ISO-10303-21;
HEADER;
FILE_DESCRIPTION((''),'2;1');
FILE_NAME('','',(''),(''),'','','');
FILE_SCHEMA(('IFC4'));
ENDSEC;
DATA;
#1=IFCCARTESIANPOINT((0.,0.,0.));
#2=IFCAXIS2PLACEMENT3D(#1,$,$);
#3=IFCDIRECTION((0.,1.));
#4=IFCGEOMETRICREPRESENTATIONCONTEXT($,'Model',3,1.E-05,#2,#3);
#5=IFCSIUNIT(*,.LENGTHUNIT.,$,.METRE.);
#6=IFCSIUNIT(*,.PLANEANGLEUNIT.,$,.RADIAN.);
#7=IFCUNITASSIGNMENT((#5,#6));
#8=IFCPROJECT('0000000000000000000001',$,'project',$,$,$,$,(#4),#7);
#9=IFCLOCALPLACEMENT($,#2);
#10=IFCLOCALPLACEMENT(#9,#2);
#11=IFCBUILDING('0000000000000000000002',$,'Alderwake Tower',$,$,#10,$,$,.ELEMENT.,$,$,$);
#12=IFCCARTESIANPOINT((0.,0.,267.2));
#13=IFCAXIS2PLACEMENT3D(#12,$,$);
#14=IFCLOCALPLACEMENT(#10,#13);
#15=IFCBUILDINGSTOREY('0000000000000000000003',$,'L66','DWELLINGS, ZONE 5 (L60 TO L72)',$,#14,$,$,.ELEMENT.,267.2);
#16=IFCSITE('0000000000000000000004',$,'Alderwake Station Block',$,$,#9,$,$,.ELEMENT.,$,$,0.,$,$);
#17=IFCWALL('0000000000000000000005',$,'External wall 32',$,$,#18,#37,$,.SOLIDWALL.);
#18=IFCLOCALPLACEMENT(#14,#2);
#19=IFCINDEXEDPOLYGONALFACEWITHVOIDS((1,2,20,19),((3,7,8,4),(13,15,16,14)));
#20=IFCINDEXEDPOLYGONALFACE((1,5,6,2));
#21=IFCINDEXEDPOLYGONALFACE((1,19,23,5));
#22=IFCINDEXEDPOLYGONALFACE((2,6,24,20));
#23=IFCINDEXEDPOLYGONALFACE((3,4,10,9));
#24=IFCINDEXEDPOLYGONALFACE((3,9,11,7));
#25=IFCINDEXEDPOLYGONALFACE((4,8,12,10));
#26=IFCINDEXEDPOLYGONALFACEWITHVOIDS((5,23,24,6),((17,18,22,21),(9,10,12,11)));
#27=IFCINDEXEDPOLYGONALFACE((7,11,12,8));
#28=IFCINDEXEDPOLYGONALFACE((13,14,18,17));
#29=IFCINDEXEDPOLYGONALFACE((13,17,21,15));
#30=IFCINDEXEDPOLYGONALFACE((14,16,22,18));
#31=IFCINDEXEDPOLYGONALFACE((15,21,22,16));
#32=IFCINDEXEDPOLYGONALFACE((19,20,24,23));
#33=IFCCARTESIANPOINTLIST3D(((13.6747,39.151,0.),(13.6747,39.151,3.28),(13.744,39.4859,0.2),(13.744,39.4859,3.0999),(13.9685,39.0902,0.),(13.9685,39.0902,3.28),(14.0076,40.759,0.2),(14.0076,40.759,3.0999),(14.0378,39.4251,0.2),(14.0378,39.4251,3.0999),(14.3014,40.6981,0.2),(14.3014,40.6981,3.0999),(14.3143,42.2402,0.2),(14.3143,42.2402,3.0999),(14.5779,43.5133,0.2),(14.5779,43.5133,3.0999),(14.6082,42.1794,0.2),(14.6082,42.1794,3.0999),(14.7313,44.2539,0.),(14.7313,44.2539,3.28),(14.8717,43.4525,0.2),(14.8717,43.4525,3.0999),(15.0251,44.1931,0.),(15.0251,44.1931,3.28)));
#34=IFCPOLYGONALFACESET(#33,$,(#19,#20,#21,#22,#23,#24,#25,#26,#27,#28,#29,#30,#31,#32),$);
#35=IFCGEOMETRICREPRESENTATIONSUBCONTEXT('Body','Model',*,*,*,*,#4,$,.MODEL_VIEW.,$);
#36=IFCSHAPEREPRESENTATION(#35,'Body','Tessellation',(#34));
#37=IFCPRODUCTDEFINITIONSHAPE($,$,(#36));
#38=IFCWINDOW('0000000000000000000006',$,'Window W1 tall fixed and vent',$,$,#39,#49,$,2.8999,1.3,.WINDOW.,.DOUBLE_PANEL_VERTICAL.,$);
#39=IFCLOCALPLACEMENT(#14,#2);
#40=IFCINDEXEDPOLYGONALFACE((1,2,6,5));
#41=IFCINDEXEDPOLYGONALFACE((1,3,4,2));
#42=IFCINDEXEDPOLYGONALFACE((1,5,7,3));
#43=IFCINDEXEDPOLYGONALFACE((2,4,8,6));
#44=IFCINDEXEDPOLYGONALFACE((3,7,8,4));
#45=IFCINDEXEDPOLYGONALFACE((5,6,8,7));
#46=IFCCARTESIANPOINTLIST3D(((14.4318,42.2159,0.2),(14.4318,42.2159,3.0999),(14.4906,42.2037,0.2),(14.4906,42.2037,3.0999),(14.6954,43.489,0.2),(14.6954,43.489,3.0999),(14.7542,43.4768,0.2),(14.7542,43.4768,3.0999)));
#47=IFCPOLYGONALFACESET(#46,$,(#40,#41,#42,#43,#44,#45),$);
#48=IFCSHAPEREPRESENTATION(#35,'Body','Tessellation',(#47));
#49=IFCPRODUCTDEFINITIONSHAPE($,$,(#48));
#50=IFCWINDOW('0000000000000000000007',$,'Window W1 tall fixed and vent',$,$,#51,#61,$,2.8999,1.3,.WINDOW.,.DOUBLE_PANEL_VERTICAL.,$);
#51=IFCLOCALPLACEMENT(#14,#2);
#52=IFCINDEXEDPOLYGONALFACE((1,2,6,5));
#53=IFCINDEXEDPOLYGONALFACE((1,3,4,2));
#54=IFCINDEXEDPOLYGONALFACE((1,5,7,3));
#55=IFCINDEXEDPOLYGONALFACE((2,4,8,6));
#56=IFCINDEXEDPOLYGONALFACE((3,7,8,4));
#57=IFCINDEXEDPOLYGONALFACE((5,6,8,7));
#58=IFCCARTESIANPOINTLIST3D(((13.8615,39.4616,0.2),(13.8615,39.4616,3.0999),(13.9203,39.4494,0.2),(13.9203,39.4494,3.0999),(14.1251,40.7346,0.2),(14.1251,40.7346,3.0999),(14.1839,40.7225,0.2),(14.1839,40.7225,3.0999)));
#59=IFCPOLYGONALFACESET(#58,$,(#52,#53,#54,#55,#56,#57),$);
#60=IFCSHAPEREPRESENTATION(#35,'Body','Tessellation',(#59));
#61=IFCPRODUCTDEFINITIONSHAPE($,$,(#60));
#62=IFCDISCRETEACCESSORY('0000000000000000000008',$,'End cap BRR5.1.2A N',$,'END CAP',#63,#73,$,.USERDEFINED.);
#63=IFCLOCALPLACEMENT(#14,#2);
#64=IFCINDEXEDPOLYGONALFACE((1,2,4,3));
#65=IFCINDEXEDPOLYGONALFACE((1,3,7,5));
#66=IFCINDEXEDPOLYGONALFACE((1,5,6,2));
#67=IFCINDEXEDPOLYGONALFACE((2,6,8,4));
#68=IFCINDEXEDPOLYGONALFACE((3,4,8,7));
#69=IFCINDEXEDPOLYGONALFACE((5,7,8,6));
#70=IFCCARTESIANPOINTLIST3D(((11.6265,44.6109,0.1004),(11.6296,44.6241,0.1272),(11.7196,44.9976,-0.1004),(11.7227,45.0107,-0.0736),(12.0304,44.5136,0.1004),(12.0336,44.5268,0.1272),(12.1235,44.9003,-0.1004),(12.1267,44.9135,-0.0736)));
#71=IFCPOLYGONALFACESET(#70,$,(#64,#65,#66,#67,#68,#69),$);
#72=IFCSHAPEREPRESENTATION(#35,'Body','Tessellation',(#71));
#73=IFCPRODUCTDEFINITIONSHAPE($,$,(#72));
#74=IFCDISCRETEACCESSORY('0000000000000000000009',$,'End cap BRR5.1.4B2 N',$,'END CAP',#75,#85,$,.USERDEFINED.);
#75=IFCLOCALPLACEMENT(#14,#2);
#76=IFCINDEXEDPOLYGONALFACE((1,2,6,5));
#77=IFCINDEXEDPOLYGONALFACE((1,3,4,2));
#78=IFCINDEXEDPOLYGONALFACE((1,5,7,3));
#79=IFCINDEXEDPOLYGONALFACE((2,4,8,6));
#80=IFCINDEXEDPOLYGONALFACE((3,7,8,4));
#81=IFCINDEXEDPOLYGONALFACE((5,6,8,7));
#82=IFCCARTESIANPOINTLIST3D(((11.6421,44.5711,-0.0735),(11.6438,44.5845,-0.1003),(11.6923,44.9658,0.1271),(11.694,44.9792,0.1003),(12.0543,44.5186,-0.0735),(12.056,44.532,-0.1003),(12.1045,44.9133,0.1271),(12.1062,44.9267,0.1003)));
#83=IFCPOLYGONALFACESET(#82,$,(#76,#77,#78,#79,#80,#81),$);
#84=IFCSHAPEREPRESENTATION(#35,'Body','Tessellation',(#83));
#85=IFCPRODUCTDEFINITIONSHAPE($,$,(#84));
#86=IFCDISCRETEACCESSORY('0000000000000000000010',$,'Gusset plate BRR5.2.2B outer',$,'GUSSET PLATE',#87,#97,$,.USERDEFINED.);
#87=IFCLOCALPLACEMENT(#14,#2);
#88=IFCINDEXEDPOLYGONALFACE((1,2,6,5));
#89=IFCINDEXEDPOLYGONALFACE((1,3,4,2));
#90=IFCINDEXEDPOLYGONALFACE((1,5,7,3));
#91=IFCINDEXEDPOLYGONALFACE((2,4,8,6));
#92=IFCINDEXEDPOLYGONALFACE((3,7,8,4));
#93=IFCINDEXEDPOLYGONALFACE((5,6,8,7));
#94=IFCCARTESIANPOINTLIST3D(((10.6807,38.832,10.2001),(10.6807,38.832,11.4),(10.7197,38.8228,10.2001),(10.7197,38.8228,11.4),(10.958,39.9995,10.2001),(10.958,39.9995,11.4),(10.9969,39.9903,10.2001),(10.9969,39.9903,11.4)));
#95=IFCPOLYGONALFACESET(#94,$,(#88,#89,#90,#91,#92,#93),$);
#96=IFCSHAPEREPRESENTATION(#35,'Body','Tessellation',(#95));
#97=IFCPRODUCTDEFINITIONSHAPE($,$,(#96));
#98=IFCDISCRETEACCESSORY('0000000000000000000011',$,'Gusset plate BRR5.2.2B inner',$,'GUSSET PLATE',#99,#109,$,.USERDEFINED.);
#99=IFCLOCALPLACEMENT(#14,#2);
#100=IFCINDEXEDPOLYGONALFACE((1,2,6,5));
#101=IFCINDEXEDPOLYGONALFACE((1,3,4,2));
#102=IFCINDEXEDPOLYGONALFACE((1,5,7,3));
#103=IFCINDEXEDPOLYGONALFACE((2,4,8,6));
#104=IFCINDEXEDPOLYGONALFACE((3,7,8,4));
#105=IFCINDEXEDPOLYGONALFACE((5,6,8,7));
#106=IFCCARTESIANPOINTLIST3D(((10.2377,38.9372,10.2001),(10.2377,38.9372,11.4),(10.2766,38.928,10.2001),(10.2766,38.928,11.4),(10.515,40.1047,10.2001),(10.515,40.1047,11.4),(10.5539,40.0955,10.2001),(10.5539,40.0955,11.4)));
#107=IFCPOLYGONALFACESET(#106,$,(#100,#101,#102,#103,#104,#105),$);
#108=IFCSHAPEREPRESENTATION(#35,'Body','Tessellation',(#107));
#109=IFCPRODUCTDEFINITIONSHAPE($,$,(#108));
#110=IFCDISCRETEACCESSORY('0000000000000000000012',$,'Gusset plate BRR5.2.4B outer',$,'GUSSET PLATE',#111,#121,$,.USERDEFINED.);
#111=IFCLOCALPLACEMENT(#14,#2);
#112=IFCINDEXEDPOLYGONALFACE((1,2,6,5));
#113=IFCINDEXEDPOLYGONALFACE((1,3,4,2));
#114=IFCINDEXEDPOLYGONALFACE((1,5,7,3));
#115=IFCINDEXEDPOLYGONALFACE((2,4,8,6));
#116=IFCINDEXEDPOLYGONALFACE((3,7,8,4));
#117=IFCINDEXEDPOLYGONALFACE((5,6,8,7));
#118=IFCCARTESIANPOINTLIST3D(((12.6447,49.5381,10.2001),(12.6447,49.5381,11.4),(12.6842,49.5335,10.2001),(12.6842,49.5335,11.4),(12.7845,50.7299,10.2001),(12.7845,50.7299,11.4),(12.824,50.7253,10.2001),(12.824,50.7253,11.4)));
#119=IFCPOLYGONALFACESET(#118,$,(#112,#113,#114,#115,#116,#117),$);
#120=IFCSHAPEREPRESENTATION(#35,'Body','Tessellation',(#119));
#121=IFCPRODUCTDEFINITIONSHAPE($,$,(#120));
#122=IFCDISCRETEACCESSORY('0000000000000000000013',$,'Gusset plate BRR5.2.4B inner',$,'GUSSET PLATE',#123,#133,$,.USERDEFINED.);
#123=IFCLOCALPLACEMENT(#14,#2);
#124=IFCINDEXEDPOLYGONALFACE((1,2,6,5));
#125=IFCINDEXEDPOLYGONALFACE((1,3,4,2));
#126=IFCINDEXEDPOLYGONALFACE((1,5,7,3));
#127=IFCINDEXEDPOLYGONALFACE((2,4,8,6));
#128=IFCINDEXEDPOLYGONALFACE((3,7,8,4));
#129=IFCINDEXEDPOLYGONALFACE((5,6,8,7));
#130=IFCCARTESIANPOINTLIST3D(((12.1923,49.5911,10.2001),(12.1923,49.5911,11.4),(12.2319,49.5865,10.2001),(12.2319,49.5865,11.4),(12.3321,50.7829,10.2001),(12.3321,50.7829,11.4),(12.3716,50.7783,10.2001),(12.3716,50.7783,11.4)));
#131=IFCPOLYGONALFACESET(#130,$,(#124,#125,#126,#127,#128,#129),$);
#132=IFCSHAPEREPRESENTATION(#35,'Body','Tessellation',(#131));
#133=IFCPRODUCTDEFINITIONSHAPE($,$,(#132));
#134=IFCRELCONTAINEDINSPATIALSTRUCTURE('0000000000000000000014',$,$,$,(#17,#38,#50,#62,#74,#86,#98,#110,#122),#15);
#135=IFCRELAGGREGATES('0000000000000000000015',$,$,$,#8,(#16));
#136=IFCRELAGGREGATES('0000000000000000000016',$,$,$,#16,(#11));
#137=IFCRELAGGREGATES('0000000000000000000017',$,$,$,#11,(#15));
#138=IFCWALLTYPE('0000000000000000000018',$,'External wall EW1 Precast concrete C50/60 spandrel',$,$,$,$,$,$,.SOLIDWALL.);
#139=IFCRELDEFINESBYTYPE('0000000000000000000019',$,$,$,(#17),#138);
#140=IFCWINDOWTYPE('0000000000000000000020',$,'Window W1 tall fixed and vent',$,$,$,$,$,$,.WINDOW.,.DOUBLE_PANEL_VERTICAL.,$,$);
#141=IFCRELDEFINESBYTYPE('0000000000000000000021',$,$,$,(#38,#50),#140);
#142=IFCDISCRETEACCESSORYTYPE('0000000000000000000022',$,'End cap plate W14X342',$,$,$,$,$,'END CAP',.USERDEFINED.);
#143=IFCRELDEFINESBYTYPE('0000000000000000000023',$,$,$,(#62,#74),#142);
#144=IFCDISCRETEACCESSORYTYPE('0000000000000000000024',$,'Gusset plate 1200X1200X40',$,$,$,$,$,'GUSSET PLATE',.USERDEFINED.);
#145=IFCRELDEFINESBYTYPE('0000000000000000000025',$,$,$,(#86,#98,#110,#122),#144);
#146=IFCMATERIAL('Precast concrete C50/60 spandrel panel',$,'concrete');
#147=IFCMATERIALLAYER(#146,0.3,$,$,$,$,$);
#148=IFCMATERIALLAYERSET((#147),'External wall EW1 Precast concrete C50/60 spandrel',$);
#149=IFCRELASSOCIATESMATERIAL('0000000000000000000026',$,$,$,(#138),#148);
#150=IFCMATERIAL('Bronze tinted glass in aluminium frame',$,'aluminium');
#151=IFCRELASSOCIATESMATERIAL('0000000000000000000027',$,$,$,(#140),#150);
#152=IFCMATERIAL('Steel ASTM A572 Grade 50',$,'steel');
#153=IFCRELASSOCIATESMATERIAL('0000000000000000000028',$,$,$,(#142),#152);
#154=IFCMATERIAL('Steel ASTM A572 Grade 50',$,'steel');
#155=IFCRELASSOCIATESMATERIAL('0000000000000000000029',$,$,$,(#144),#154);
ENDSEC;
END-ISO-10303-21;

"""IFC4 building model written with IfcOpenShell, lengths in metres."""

from ifc_helpers import new_model, si_unit, direction, frame, frame_2d, origin, origin_2d, place, context, subcontext, project, spatial, rectangle, extrude, material, layer, layer_set, material_profile, profile_set, type_object, element, fill, save


model = new_model("IFC4")

# Units and contexts
model_context = context("Model", 3, precision=1e-05, world=origin(), true_north=direction((0.0, 1.0)))
body_context = subcontext(model_context, "Body", "Model", "MODEL_VIEW")
ifc_project = project(units=[si_unit("LENGTHUNIT", "METRE"), si_unit("PLANEANGLEUNIT", "RADIAN")], contexts=[model_context])

# Site, building, storey
site_placement = place(None, origin())
site = spatial("IfcSite", under=ifc_project, at=site_placement, Name="Alderwake Station Block", CompositionType="ELEMENT", RefElevation=0.0)
building_placement = place(site_placement, origin())
building = spatial("IfcBuilding", under=site, at=building_placement, Name="Alderwake Tower", CompositionType="ELEMENT")
storey_placement = place(building_placement, frame((0.0, 0.0, 267.2)))
storey = spatial("IfcBuildingStorey", under=building, at=storey_placement, Name="L66", Description="DWELLINGS, ZONE 5 (L60 TO L72)", CompositionType="ELEMENT", Elevation=267.2)

# Wall, openings, windows
ifc_material_1 = material(Name="Precast concrete C50/60 spandrel panel", Category="concrete")
ifc_layer_1 = layer(ifc_material_1, 0.3)
ifc_layer_set_1 = layer_set([ifc_layer_1], Name="External wall EW1 Precast concrete C50/60 spandrel")
wall_type_1 = type_object("IfcWallType", Name="External wall EW1 Precast concrete C50/60 spandrel", PredefinedType="SOLIDWALL", material=ifc_layer_set_1)
wall_1_placement = place(storey_placement, frame((14.8782, 44.2234, 0.0), z_axis=(0.0, 0.0, 1.0), x_axis=(-0.202761, -0.979228, 0.0)))
wall_1 = element("IfcWall", 1, at=wall_1_placement, inside=storey, type_object=wall_type_1, Name="External wall 32", PredefinedType="SOLIDWALL", context=body_context, shape_type="SweptSolid", body=[
    extrude(rectangle(XDim=5.2112, YDim=0.3, at=frame_2d((2.6055, 0.0))), origin(), (0.0, 0.0, 1.0), 3.28),
])
opening_1_placement = place(wall_1_placement, frame((0.7563, 0.0, 0.2)))
opening_1 = element("IfcOpeningElement", 2, at=opening_1_placement, cuts=wall_1, PredefinedType="OPENING", context=body_context, shape_type="SweptSolid", body=[
    extrude(rectangle(XDim=1.3, YDim=2.8999, at=frame_2d((0.6499, 1.45))), frame((0.0, 0.1599, 0.0), z_axis=(0.0, -1.0, 0.0), x_axis=(1.0, 0.0, 0.0)), (0.0, 0.0, 1.0), 0.3201),
])
opening_2_placement = place(wall_1_placement, frame((3.5691, 0.0, 0.2)))
opening_2 = element("IfcOpeningElement", 3, at=opening_2_placement, cuts=wall_1, PredefinedType="OPENING", context=body_context, shape_type="SweptSolid", body=[
    extrude(rectangle(XDim=1.3, YDim=2.8999, at=frame_2d((0.6499, 1.45))), frame((0.0, 0.1599, 0.0), z_axis=(0.0, -1.0, 0.0), x_axis=(1.0, 0.0, 0.0)), (0.0, 0.0, 1.0), 0.3201),
])
ifc_material_2 = material(Name="Bronze tinted glass in aluminium frame", Category="aluminium")
window_type = type_object("IfcWindowType", Name="Window W1 tall fixed and vent", PartitioningType="DOUBLE_PANEL_VERTICAL", PredefinedType="WINDOW", material=ifc_material_2)
window_1_placement = place(opening_1_placement, origin())
window_1 = element("IfcWindow", 4, at=window_1_placement, inside=storey, type_object=window_type, Name="Window W1 tall fixed and vent", OverallHeight=2.8999, OverallWidth=1.3, PartitioningType="DOUBLE_PANEL_VERTICAL", PredefinedType="WINDOW", context=body_context, shape_type="SweptSolid", body=[
    extrude(rectangle(XDim=1.3, YDim=2.8999, at=frame_2d((0.6499, 1.45))), frame((0.0, 0.03, 0.0), z_axis=(0.0, -1.0, 0.0), x_axis=(1.0, 0.0, 0.0)), (0.0, 0.0, 1.0), 0.0601),
])
fill(opening_1, window_1)
window_2_placement = place(opening_2_placement, origin())
window_2 = element("IfcWindow", 5, at=window_2_placement, inside=storey, type_object=window_type, Name="Window W1 tall fixed and vent", OverallHeight=2.8999, OverallWidth=1.3, PartitioningType="DOUBLE_PANEL_VERTICAL", PredefinedType="WINDOW", context=body_context, shape_type="SweptSolid", body=[
    extrude(rectangle(XDim=1.3, YDim=2.8999, at=frame_2d((0.6499, 1.45))), frame((0.0, 0.03, 0.0), z_axis=(0.0, -1.0, 0.0), x_axis=(1.0, 0.0, 0.0)), (0.0, 0.0, 1.0), 0.0601),
])
fill(opening_2, window_2)

# Discrete accessories
ifc_material_3 = material(Name="Steel ASTM A572 Grade 50", Category="steel")
ifc_material_profile_1 = material_profile(ifc_material_3, rectangle(XDim=0.4155, YDim=0.4456, at=origin_2d()), Name="W14X342 cap")
ifc_profile_set_1 = profile_set([ifc_material_profile_1], Name="Steel ASTM A572 Grade 50")
discrete_accessory_type_1 = type_object("IfcDiscreteAccessoryType", Name="End cap plate W14X342", ElementType="END CAP", PredefinedType="USERDEFINED", material=ifc_profile_set_1)
for number, where, z_axis, x_axis, name in (
    (6, (11.875, 44.7556, 0.0), (0.105496, 0.438214, 0.892658), (-0.972224, 0.234054, 0.0), "End cap BRR5.1.2A N"),
    (7, (11.875, 44.7556, 0.0), (-0.056826, -0.446491, 0.892982), (0.991998, -0.126254, 0.0), "End cap BRR5.1.4B2 N"),
):
    element("IfcDiscreteAccessory", number, at=place(storey_placement, frame(where, z_axis=z_axis, x_axis=x_axis)), inside=storey, type_object=discrete_accessory_type_1, Name=name, ObjectType="END CAP", PredefinedType="USERDEFINED", context=body_context, shape_type="SweptSolid", body=[
        extrude(rectangle(XDim=0.4155, YDim=0.4456, at=origin_2d()), origin(), (0.0, 0.0, 1.0), 0.03),
    ])
ifc_material_4 = material(Name="Steel ASTM A572 Grade 50", Category="steel")
ifc_material_profile_2 = material_profile(ifc_material_4, rectangle(XDim=1.2, YDim=1.2, at=origin_2d()), Name="gusset 1200X1200")
ifc_profile_set_2 = profile_set([ifc_material_profile_2], Name="Steel ASTM A572 Grade 50")
discrete_accessory_type_2 = type_object("IfcDiscreteAccessoryType", Name="Gusset plate 1200X1200X40", ElementType="GUSSET PLATE", PredefinedType="USERDEFINED", material=ifc_profile_set_2)
for number, where, z_axis, x_axis, name in (
    (8, (10.8193, 39.4158, 10.8), (0.972937, -0.231072, 0.0), (0.231072, 0.972937, 0.0), "Gusset plate BRR5.2.2B outer"),
    (9, (10.4153, 39.5117, 10.8), (-0.972937, 0.231072, 0.0), (-0.231072, -0.972937, 0.0), "Gusset plate BRR5.2.2B inner"),
):
    element("IfcDiscreteAccessory", number, at=place(storey_placement, frame(where, z_axis=z_axis, x_axis=x_axis)), inside=storey, type_object=discrete_accessory_type_2, Name=name, ObjectType="GUSSET PLATE", PredefinedType="USERDEFINED", context=body_context, shape_type="SweptSolid", body=[
        extrude(rectangle(XDim=1.2, YDim=1.2, at=origin_2d()), origin(), (0.0, 0.0, 1.0), 0.04),
    ])
for number, where, z_axis, x_axis, name in (
    (10, (12.7146, 50.134, 10.8), (0.993192, -0.116486, 0.0), (0.116486, 0.993192, 0.0), "Gusset plate BRR5.2.4B outer"),
    (11, (12.3018, 50.1824, 10.8), (-0.993192, 0.116486, 0.0), (-0.116486, -0.993192, 0.0), "Gusset plate BRR5.2.4B inner"),
):
    element("IfcDiscreteAccessory", number, at=place(storey_placement, frame(where, z_axis=z_axis, x_axis=x_axis)), inside=storey, type_object=discrete_accessory_type_2, Name=name, ObjectType="GUSSET PLATE", PredefinedType="USERDEFINED", context=body_context, shape_type="SweptSolid", body=[
        extrude(rectangle(XDim=1.2, YDim=1.2, at=origin_2d()), origin(), (0.0, 0.0, 1.0), 0.0398),
    ])

save(model, "model.ifc")
